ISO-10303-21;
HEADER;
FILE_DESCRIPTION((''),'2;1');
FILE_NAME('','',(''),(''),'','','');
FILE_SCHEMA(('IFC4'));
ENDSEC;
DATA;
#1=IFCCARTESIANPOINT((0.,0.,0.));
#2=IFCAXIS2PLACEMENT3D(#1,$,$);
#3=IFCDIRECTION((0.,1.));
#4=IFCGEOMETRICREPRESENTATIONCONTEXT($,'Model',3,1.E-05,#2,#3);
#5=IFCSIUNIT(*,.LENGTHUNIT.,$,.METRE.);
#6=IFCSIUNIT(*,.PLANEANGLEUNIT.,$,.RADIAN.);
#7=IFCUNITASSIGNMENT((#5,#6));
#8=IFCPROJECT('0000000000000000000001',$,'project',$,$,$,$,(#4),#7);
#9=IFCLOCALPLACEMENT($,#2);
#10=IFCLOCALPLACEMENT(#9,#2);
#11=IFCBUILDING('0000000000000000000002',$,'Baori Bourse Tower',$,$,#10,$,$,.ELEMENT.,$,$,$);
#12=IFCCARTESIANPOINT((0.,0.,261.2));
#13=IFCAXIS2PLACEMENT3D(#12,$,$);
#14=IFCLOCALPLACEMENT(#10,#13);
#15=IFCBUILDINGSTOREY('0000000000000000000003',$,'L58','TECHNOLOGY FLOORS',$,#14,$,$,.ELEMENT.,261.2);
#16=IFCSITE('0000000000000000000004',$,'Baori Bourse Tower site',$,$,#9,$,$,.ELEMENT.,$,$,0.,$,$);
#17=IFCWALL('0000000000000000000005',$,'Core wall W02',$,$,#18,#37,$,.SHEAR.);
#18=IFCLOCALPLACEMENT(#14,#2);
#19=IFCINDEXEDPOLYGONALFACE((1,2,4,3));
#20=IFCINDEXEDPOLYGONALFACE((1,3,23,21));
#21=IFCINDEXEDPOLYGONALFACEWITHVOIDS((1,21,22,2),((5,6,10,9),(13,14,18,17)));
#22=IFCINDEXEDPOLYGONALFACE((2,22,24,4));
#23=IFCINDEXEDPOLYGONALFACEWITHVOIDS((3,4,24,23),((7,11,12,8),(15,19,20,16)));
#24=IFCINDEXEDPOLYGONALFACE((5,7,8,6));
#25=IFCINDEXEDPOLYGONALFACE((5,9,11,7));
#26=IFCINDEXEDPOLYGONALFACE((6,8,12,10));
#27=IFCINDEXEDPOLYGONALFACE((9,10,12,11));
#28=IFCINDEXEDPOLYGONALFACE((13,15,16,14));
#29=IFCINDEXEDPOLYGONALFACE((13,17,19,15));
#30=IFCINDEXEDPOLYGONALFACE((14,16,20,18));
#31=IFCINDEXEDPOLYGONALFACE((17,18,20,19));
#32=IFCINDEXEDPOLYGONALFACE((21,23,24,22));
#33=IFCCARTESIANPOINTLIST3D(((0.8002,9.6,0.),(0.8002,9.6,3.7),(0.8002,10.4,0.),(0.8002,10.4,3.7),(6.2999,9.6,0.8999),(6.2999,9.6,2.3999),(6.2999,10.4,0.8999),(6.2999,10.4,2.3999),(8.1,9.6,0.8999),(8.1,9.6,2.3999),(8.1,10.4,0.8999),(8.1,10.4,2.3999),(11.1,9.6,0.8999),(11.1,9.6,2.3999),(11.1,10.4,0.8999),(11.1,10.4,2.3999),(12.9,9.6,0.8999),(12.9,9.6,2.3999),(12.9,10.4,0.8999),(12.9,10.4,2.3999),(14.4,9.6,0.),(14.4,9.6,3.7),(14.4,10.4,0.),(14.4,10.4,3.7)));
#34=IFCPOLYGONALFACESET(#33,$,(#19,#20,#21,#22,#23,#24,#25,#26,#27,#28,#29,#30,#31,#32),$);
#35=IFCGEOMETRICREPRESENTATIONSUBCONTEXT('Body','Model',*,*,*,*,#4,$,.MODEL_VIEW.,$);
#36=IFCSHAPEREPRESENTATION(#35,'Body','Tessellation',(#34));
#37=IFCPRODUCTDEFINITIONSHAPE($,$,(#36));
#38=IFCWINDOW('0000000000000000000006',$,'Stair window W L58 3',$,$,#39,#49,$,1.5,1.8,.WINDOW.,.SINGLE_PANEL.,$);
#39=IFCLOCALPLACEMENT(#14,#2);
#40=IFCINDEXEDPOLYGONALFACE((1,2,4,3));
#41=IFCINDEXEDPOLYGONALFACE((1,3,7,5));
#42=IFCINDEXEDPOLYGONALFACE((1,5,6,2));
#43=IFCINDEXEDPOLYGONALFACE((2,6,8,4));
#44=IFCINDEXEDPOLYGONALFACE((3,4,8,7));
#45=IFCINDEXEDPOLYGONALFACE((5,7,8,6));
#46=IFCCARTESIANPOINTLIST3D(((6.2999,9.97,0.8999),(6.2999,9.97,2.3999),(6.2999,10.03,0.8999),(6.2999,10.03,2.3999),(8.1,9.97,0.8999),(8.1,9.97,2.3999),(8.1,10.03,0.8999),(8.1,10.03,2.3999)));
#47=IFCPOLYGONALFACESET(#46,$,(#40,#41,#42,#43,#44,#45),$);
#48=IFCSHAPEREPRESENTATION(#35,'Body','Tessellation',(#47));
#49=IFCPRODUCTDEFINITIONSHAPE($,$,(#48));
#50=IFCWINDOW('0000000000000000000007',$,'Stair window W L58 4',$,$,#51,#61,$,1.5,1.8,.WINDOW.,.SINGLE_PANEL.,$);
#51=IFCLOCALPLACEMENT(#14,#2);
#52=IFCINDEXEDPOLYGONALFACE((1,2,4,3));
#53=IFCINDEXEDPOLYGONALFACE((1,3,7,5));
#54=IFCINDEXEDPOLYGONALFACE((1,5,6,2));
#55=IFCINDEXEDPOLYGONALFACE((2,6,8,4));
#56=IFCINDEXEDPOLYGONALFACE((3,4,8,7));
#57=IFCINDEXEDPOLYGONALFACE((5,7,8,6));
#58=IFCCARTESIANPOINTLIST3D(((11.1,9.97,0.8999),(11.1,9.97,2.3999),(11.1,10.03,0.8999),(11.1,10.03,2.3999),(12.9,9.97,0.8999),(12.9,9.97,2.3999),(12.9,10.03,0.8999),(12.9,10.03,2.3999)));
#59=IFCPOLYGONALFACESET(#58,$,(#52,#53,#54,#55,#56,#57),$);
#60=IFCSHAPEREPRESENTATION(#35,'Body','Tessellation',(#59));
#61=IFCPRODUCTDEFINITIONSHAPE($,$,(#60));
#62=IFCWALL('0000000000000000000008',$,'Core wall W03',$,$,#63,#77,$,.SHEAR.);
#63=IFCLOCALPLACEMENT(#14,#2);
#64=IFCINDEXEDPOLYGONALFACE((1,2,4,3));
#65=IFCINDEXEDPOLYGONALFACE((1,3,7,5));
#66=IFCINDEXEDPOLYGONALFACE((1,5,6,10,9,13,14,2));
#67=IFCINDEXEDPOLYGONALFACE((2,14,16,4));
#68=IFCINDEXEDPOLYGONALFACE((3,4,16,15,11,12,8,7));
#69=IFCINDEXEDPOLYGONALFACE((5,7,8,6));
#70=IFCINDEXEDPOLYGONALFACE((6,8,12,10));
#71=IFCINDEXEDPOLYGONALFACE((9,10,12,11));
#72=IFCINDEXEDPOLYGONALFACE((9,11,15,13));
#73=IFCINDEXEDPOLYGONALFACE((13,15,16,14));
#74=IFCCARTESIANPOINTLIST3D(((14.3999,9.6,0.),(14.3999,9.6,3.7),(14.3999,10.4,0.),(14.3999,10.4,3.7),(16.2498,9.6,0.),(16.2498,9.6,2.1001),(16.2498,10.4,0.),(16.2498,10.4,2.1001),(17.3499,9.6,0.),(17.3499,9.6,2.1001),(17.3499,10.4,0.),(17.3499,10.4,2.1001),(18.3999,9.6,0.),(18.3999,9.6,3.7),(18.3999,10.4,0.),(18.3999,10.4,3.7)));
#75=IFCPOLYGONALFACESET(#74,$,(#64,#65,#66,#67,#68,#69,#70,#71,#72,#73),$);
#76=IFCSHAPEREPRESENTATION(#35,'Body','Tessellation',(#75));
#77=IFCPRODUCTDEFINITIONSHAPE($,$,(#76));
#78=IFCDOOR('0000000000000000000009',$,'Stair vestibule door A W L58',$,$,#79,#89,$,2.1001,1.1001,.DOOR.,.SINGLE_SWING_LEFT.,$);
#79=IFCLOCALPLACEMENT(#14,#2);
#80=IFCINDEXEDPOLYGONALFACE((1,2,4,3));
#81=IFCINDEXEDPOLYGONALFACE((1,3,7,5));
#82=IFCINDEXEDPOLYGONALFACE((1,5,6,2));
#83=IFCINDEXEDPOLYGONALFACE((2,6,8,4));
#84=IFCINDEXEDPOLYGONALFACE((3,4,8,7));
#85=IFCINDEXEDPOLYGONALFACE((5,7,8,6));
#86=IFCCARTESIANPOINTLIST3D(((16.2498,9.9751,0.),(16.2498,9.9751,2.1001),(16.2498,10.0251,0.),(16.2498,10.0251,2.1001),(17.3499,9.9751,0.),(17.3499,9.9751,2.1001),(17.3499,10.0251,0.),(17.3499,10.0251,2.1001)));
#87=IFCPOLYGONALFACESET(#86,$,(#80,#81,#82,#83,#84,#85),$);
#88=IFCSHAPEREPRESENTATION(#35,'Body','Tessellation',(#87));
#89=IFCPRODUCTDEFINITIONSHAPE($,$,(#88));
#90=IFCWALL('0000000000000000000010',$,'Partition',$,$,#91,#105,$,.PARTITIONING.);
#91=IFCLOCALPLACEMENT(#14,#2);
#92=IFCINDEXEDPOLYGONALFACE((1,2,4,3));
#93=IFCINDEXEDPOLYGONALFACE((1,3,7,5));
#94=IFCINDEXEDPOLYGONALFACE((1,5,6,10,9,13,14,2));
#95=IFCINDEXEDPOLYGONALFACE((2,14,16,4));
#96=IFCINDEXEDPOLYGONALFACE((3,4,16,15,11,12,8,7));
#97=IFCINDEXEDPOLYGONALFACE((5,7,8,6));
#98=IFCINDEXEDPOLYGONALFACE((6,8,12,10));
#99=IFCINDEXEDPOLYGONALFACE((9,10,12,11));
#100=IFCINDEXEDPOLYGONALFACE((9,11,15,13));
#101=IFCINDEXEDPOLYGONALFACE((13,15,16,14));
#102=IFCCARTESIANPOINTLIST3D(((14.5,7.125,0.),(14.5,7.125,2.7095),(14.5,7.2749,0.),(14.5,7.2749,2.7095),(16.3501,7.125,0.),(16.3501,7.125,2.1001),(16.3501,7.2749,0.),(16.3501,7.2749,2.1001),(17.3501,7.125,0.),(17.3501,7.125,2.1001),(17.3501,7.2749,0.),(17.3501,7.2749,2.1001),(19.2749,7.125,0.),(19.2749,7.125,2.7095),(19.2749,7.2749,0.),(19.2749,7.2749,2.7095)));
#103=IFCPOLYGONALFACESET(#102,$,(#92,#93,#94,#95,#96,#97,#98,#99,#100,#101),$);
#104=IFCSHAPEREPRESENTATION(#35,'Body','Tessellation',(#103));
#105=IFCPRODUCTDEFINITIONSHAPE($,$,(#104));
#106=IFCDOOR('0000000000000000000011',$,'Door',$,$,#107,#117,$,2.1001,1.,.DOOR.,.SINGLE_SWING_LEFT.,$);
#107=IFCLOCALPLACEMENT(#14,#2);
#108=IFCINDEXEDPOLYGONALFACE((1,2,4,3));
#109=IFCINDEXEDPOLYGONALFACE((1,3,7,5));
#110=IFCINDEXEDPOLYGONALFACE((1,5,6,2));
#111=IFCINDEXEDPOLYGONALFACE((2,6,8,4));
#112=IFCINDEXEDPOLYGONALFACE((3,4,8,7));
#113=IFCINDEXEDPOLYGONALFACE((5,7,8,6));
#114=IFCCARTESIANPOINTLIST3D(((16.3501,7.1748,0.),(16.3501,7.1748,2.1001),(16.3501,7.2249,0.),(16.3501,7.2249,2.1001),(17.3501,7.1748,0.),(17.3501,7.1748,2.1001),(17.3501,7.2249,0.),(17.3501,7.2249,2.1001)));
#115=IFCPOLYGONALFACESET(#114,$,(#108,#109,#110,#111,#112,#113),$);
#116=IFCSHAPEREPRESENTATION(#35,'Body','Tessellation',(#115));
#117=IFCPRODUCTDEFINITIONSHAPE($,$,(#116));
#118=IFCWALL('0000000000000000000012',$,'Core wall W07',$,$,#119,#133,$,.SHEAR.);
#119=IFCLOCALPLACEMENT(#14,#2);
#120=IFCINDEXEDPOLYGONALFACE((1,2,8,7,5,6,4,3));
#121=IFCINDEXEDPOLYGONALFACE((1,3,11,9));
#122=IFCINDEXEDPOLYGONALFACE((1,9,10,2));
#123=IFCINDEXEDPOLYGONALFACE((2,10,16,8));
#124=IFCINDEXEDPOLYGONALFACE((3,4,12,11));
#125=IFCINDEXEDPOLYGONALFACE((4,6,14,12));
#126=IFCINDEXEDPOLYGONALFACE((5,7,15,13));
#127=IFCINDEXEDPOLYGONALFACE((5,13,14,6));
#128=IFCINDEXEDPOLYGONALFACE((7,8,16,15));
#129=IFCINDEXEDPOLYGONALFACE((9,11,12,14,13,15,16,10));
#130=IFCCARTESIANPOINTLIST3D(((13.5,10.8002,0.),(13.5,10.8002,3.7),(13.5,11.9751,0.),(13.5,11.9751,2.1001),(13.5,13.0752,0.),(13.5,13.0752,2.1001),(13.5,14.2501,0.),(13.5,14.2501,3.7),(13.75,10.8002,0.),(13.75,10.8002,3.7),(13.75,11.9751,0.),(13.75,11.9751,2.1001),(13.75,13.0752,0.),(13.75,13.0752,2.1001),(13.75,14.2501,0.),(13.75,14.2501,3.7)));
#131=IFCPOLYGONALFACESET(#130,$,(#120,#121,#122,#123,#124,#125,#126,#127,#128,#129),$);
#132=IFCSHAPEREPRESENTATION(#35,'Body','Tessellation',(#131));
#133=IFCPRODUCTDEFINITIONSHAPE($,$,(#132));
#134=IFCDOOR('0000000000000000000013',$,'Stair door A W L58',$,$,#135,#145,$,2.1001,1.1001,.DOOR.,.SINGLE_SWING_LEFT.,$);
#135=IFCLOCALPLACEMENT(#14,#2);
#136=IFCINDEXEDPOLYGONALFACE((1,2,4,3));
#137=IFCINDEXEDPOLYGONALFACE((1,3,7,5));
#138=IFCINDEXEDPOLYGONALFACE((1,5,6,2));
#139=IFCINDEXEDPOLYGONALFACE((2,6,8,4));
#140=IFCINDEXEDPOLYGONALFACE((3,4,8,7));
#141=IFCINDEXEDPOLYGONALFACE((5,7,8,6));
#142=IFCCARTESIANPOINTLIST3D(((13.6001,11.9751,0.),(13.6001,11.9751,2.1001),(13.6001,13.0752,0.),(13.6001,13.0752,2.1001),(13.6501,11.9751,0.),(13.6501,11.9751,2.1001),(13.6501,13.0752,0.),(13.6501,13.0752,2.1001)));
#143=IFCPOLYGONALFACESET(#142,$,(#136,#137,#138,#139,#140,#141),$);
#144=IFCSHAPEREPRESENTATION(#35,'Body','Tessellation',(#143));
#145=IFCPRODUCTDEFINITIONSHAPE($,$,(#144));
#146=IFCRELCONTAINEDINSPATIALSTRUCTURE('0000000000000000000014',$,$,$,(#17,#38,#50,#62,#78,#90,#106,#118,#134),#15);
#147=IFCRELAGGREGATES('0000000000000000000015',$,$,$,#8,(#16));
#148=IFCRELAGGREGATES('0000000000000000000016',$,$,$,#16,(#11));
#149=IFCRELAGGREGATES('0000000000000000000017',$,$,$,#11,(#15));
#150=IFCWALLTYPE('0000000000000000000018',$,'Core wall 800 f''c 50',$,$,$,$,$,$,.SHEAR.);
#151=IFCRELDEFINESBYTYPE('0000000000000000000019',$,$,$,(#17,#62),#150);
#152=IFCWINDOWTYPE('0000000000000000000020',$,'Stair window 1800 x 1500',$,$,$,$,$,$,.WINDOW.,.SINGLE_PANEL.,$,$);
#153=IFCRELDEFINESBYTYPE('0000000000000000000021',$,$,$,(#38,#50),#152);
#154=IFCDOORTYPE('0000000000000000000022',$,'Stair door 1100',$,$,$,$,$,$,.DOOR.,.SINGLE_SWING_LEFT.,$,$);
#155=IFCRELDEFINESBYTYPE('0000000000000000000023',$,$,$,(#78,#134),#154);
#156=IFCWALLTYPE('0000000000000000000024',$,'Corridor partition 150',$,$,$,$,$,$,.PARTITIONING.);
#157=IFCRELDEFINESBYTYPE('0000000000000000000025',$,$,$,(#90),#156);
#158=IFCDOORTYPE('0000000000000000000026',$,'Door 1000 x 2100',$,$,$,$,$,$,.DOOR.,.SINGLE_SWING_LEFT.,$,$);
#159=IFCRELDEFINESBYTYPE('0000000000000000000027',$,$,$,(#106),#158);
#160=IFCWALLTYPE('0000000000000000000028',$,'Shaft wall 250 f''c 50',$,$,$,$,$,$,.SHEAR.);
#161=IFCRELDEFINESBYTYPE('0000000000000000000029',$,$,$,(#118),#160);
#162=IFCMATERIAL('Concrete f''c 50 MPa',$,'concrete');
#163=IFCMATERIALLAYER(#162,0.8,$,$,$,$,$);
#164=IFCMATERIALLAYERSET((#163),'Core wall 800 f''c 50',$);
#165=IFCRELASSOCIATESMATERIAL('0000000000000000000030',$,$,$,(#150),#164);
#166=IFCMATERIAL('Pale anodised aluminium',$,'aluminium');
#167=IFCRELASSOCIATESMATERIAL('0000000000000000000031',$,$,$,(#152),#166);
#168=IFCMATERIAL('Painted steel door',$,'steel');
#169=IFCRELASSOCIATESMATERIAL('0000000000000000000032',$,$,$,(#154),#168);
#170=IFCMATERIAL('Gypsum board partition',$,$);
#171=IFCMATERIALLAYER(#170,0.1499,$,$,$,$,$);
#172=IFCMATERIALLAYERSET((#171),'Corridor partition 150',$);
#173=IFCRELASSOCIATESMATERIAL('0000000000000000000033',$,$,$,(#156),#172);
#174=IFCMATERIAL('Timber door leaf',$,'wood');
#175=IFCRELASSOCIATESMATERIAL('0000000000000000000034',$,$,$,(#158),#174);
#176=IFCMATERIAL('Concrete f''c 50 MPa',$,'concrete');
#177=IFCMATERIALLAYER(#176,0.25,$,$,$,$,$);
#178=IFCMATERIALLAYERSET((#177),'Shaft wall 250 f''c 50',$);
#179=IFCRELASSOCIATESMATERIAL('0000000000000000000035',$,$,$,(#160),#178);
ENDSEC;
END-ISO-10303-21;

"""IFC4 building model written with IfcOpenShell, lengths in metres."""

from ifc_helpers import new_model, si_unit, direction, frame, frame_2d, origin, place, context, subcontext, project, spatial, rectangle, extrude, material, layer, layer_set, type_object, element, fill, save


model = new_model("IFC4")

# Units and contexts
model_context = context("Model", 3, precision=1e-05, world=origin(), true_north=direction((0.0, 1.0)))
body_context = subcontext(model_context, "Body", "Model", "MODEL_VIEW")
ifc_project = project(units=[si_unit("LENGTHUNIT", "METRE"), si_unit("PLANEANGLEUNIT", "RADIAN")], contexts=[model_context])

# Site, building, storey
site_placement = place(None, origin())
site = spatial("IfcSite", under=ifc_project, at=site_placement, Name="Baori Bourse Tower site", CompositionType="ELEMENT", RefElevation=0.0)
building_placement = place(site_placement, origin())
building = spatial("IfcBuilding", under=site, at=building_placement, Name="Baori Bourse Tower", CompositionType="ELEMENT")
storey_placement = place(building_placement, frame((0.0, 0.0, 261.2)))
storey = spatial("IfcBuildingStorey", under=building, at=storey_placement, Name="L58", Description="TECHNOLOGY FLOORS", CompositionType="ELEMENT", Elevation=261.2)

# Wall, openings, windows
ifc_material_1 = material(Name="Concrete f'c 50 MPa", Category="concrete")
ifc_layer_1 = layer(ifc_material_1, 0.8)
ifc_layer_set_1 = layer_set([ifc_layer_1], Name="Core wall 800 f'c 50")
wall_type_1 = type_object("IfcWallType", Name="Core wall 800 f'c 50", PredefinedType="SHEAR", material=ifc_layer_set_1)
wall_1_placement = place(storey_placement, frame((14.3999, 10.0, 0.0), z_axis=(0.0, 0.0, 1.0), x_axis=(-1.0, 0.0, 0.0)))
wall_1 = element("IfcWall", 1, at=wall_1_placement, inside=storey, type_object=wall_type_1, Name="Core wall W02", PredefinedType="SHEAR", context=body_context, shape_type="SweptSolid", body=[
    extrude(rectangle(XDim=13.5999, YDim=0.8, at=frame_2d((6.7998, 0.0))), origin(), (0.0, 0.0, 1.0), 3.7),
])
opening_1_placement = place(wall_1_placement, frame((6.3, 0.0, 0.8999)))
opening_1 = element("IfcOpeningElement", 2, at=opening_1_placement, cuts=wall_1, PredefinedType="OPENING", context=body_context, shape_type="SweptSolid", body=[
    extrude(rectangle(XDim=1.8, YDim=1.5, at=frame_2d((0.8999, 0.75))), frame((0.0, 0.4099, 0.0), z_axis=(0.0, -1.0, 0.0), x_axis=(1.0, 0.0, 0.0)), (0.0, 0.0, 1.0), 0.8201),
])
opening_2_placement = place(wall_1_placement, frame((1.5, 0.0, 0.8999)))
opening_2 = element("IfcOpeningElement", 3, at=opening_2_placement, cuts=wall_1, PredefinedType="OPENING", context=body_context, shape_type="SweptSolid", body=[
    extrude(rectangle(XDim=1.8, YDim=1.5, at=frame_2d((0.8999, 0.75))), frame((0.0, 0.4099, 0.0), z_axis=(0.0, -1.0, 0.0), x_axis=(1.0, 0.0, 0.0)), (0.0, 0.0, 1.0), 0.8201),
])
ifc_material_2 = material(Name="Pale anodised aluminium", Category="aluminium")
window_type = type_object("IfcWindowType", Name="Stair window 1800 x 1500", PartitioningType="SINGLE_PANEL", PredefinedType="WINDOW", material=ifc_material_2)
window_1_placement = place(opening_1_placement, origin())
window_1 = element("IfcWindow", 4, at=window_1_placement, inside=storey, type_object=window_type, Name="Stair window W L58 3", OverallHeight=1.5, OverallWidth=1.8, PartitioningType="SINGLE_PANEL", PredefinedType="WINDOW", context=body_context, shape_type="SweptSolid", body=[
    extrude(rectangle(XDim=1.8, YDim=1.5, at=frame_2d((0.8999, 0.75))), frame((0.0, 0.03, 0.0), z_axis=(0.0, -1.0, 0.0), x_axis=(1.0, 0.0, 0.0)), (0.0, 0.0, 1.0), 0.0601),
])
fill(opening_1, window_1)
window_2_placement = place(opening_2_placement, origin())
window_2 = element("IfcWindow", 5, at=window_2_placement, inside=storey, type_object=window_type, Name="Stair window W L58 4", OverallHeight=1.5, OverallWidth=1.8, PartitioningType="SINGLE_PANEL", PredefinedType="WINDOW", context=body_context, shape_type="SweptSolid", body=[
    extrude(rectangle(XDim=1.8, YDim=1.5, at=frame_2d((0.8999, 0.75))), frame((0.0, 0.03, 0.0), z_axis=(0.0, -1.0, 0.0), x_axis=(1.0, 0.0, 0.0)), (0.0, 0.0, 1.0), 0.0601),
])
fill(opening_2, window_2)

# Walls, openings, doors
wall_2_placement = place(storey_placement, frame((18.3999, 10.0, 0.0), z_axis=(0.0, 0.0, 1.0), x_axis=(-1.0, 0.0, 0.0)))
wall_2 = element("IfcWall", 6, at=wall_2_placement, inside=storey, type_object=wall_type_1, Name="Core wall W03", PredefinedType="SHEAR", context=body_context, shape_type="SweptSolid", body=[
    extrude(rectangle(XDim=4.0, YDim=0.8, at=frame_2d((2.0, 0.0))), origin(), (0.0, 0.0, 1.0), 3.7),
])
opening_3_placement = place(wall_2_placement, frame((1.05, 0.0, 0.0)))
opening_3 = element("IfcOpeningElement", 7, at=opening_3_placement, cuts=wall_2, PredefinedType="OPENING", context=body_context, shape_type="SweptSolid", body=[
    extrude(rectangle(XDim=1.1001, YDim=2.1001, at=frame_2d((0.55, 1.05))), frame((0.0, 0.4099, 0.0), z_axis=(0.0, -1.0, 0.0), x_axis=(1.0, 0.0, 0.0)), (0.0, 0.0, 1.0), 0.8201),
])
ifc_material_3 = material(Name="Painted steel door", Category="steel")
door_type_1 = type_object("IfcDoorType", Name="Stair door 1100", OperationType="SINGLE_SWING_LEFT", PredefinedType="DOOR", material=ifc_material_3)
door_1_placement = place(opening_3_placement, origin())
door_1 = element("IfcDoor", 8, at=door_1_placement, inside=storey, type_object=door_type_1, Name="Stair vestibule door A W L58", OperationType="SINGLE_SWING_LEFT", OverallHeight=2.1001, OverallWidth=1.1001, PredefinedType="DOOR", context=body_context, shape_type="SweptSolid", body=[
    extrude(rectangle(XDim=1.1001, YDim=2.1001, at=frame_2d((0.55, 1.05))), frame((0.0, 0.0249, 0.0), z_axis=(0.0, -1.0, 0.0), x_axis=(1.0, 0.0, 0.0)), (0.0, 0.0, 1.0), 0.05),
])
fill(opening_3, door_1)
ifc_material_4 = material(Name="Gypsum board partition")
ifc_layer_2 = layer(ifc_material_4, 0.1499)
ifc_layer_set_2 = layer_set([ifc_layer_2], Name="Corridor partition 150")
wall_type_2 = type_object("IfcWallType", Name="Corridor partition 150", PredefinedType="PARTITIONING", material=ifc_layer_set_2)
wall_3_placement = place(storey_placement, frame((14.5, 7.2, 0.0), z_axis=(0.0, 0.0, 1.0), x_axis=(1.0, 0.0, 0.0)))
wall_3 = element("IfcWall", 9, at=wall_3_placement, inside=storey, type_object=wall_type_2, Name="Partition", PredefinedType="PARTITIONING", context=body_context, shape_type="SweptSolid", body=[
    extrude(rectangle(XDim=4.7749, YDim=0.1499, at=frame_2d((2.3875, 0.0))), origin(), (0.0, 0.0, 1.0), 2.7095),
])
opening_4_placement = place(wall_3_placement, frame((1.8501, 0.0, 0.0)))
opening_4 = element("IfcOpeningElement", 10, at=opening_4_placement, cuts=wall_3, PredefinedType="OPENING", context=body_context, shape_type="SweptSolid", body=[
    extrude(rectangle(XDim=1.0, YDim=2.1001, at=frame_2d((0.5, 1.05))), frame((0.0, 0.085, 0.0), z_axis=(0.0, -1.0, 0.0), x_axis=(1.0, 0.0, 0.0)), (0.0, 0.0, 1.0), 0.1699),
])
ifc_material_5 = material(Name="Timber door leaf", Category="wood")
door_type_2 = type_object("IfcDoorType", Name="Door 1000 x 2100", OperationType="SINGLE_SWING_LEFT", PredefinedType="DOOR", material=ifc_material_5)
door_2_placement = place(opening_4_placement, origin())
door_2 = element("IfcDoor", 11, at=door_2_placement, inside=storey, type_object=door_type_2, Name="Door", OperationType="SINGLE_SWING_LEFT", OverallHeight=2.1001, OverallWidth=1.0, PredefinedType="DOOR", context=body_context, shape_type="SweptSolid", body=[
    extrude(rectangle(XDim=1.0, YDim=2.1001, at=frame_2d((0.5, 1.05))), frame((0.0, 0.0249, 0.0), z_axis=(0.0, -1.0, 0.0), x_axis=(1.0, 0.0, 0.0)), (0.0, 0.0, 1.0), 0.05),
])
fill(opening_4, door_2)
ifc_material_6 = material(Name="Concrete f'c 50 MPa", Category="concrete")
ifc_layer_3 = layer(ifc_material_6, 0.25)
ifc_layer_set_3 = layer_set([ifc_layer_3], Name="Shaft wall 250 f'c 50")
wall_type_3 = type_object("IfcWallType", Name="Shaft wall 250 f'c 50", PredefinedType="SHEAR", material=ifc_layer_set_3)
wall_4_placement = place(storey_placement, frame((13.625, 10.8, 0.0), z_axis=(0.0, 0.0, 1.0), x_axis=(0.0, 1.0, 0.0)))
wall_4 = element("IfcWall", 12, at=wall_4_placement, inside=storey, type_object=wall_type_3, Name="Core wall W07", PredefinedType="SHEAR", context=body_context, shape_type="SweptSolid", body=[
    extrude(rectangle(XDim=3.45, YDim=0.25, at=frame_2d((1.7251, 0.0))), origin(), (0.0, 0.0, 1.0), 3.7),
])
opening_5_placement = place(wall_4_placement, frame((1.175, 0.0, 0.0)))
opening_5 = element("IfcOpeningElement", 13, at=opening_5_placement, cuts=wall_4, PredefinedType="OPENING", context=body_context, shape_type="SweptSolid", body=[
    extrude(rectangle(XDim=1.1001, YDim=2.1001, at=frame_2d((0.55, 1.05))), frame((0.0, 0.135, 0.0), z_axis=(0.0, -1.0, 0.0), x_axis=(1.0, 0.0, 0.0)), (0.0, 0.0, 1.0), 0.27),
])
door_3_placement = place(opening_5_placement, origin())
door_3 = element("IfcDoor", 14, at=door_3_placement, inside=storey, type_object=door_type_1, Name="Stair door A W L58", OperationType="SINGLE_SWING_LEFT", OverallHeight=2.1001, OverallWidth=1.1001, PredefinedType="DOOR", context=body_context, shape_type="SweptSolid", body=[
    extrude(rectangle(XDim=1.1001, YDim=2.1001, at=frame_2d((0.55, 1.05))), frame((0.0, 0.0249, 0.0), z_axis=(0.0, -1.0, 0.0), x_axis=(1.0, 0.0, 0.0)), (0.0, 0.0, 1.0), 0.05),
])
fill(opening_5, door_3)

save(model, "model.ifc")
